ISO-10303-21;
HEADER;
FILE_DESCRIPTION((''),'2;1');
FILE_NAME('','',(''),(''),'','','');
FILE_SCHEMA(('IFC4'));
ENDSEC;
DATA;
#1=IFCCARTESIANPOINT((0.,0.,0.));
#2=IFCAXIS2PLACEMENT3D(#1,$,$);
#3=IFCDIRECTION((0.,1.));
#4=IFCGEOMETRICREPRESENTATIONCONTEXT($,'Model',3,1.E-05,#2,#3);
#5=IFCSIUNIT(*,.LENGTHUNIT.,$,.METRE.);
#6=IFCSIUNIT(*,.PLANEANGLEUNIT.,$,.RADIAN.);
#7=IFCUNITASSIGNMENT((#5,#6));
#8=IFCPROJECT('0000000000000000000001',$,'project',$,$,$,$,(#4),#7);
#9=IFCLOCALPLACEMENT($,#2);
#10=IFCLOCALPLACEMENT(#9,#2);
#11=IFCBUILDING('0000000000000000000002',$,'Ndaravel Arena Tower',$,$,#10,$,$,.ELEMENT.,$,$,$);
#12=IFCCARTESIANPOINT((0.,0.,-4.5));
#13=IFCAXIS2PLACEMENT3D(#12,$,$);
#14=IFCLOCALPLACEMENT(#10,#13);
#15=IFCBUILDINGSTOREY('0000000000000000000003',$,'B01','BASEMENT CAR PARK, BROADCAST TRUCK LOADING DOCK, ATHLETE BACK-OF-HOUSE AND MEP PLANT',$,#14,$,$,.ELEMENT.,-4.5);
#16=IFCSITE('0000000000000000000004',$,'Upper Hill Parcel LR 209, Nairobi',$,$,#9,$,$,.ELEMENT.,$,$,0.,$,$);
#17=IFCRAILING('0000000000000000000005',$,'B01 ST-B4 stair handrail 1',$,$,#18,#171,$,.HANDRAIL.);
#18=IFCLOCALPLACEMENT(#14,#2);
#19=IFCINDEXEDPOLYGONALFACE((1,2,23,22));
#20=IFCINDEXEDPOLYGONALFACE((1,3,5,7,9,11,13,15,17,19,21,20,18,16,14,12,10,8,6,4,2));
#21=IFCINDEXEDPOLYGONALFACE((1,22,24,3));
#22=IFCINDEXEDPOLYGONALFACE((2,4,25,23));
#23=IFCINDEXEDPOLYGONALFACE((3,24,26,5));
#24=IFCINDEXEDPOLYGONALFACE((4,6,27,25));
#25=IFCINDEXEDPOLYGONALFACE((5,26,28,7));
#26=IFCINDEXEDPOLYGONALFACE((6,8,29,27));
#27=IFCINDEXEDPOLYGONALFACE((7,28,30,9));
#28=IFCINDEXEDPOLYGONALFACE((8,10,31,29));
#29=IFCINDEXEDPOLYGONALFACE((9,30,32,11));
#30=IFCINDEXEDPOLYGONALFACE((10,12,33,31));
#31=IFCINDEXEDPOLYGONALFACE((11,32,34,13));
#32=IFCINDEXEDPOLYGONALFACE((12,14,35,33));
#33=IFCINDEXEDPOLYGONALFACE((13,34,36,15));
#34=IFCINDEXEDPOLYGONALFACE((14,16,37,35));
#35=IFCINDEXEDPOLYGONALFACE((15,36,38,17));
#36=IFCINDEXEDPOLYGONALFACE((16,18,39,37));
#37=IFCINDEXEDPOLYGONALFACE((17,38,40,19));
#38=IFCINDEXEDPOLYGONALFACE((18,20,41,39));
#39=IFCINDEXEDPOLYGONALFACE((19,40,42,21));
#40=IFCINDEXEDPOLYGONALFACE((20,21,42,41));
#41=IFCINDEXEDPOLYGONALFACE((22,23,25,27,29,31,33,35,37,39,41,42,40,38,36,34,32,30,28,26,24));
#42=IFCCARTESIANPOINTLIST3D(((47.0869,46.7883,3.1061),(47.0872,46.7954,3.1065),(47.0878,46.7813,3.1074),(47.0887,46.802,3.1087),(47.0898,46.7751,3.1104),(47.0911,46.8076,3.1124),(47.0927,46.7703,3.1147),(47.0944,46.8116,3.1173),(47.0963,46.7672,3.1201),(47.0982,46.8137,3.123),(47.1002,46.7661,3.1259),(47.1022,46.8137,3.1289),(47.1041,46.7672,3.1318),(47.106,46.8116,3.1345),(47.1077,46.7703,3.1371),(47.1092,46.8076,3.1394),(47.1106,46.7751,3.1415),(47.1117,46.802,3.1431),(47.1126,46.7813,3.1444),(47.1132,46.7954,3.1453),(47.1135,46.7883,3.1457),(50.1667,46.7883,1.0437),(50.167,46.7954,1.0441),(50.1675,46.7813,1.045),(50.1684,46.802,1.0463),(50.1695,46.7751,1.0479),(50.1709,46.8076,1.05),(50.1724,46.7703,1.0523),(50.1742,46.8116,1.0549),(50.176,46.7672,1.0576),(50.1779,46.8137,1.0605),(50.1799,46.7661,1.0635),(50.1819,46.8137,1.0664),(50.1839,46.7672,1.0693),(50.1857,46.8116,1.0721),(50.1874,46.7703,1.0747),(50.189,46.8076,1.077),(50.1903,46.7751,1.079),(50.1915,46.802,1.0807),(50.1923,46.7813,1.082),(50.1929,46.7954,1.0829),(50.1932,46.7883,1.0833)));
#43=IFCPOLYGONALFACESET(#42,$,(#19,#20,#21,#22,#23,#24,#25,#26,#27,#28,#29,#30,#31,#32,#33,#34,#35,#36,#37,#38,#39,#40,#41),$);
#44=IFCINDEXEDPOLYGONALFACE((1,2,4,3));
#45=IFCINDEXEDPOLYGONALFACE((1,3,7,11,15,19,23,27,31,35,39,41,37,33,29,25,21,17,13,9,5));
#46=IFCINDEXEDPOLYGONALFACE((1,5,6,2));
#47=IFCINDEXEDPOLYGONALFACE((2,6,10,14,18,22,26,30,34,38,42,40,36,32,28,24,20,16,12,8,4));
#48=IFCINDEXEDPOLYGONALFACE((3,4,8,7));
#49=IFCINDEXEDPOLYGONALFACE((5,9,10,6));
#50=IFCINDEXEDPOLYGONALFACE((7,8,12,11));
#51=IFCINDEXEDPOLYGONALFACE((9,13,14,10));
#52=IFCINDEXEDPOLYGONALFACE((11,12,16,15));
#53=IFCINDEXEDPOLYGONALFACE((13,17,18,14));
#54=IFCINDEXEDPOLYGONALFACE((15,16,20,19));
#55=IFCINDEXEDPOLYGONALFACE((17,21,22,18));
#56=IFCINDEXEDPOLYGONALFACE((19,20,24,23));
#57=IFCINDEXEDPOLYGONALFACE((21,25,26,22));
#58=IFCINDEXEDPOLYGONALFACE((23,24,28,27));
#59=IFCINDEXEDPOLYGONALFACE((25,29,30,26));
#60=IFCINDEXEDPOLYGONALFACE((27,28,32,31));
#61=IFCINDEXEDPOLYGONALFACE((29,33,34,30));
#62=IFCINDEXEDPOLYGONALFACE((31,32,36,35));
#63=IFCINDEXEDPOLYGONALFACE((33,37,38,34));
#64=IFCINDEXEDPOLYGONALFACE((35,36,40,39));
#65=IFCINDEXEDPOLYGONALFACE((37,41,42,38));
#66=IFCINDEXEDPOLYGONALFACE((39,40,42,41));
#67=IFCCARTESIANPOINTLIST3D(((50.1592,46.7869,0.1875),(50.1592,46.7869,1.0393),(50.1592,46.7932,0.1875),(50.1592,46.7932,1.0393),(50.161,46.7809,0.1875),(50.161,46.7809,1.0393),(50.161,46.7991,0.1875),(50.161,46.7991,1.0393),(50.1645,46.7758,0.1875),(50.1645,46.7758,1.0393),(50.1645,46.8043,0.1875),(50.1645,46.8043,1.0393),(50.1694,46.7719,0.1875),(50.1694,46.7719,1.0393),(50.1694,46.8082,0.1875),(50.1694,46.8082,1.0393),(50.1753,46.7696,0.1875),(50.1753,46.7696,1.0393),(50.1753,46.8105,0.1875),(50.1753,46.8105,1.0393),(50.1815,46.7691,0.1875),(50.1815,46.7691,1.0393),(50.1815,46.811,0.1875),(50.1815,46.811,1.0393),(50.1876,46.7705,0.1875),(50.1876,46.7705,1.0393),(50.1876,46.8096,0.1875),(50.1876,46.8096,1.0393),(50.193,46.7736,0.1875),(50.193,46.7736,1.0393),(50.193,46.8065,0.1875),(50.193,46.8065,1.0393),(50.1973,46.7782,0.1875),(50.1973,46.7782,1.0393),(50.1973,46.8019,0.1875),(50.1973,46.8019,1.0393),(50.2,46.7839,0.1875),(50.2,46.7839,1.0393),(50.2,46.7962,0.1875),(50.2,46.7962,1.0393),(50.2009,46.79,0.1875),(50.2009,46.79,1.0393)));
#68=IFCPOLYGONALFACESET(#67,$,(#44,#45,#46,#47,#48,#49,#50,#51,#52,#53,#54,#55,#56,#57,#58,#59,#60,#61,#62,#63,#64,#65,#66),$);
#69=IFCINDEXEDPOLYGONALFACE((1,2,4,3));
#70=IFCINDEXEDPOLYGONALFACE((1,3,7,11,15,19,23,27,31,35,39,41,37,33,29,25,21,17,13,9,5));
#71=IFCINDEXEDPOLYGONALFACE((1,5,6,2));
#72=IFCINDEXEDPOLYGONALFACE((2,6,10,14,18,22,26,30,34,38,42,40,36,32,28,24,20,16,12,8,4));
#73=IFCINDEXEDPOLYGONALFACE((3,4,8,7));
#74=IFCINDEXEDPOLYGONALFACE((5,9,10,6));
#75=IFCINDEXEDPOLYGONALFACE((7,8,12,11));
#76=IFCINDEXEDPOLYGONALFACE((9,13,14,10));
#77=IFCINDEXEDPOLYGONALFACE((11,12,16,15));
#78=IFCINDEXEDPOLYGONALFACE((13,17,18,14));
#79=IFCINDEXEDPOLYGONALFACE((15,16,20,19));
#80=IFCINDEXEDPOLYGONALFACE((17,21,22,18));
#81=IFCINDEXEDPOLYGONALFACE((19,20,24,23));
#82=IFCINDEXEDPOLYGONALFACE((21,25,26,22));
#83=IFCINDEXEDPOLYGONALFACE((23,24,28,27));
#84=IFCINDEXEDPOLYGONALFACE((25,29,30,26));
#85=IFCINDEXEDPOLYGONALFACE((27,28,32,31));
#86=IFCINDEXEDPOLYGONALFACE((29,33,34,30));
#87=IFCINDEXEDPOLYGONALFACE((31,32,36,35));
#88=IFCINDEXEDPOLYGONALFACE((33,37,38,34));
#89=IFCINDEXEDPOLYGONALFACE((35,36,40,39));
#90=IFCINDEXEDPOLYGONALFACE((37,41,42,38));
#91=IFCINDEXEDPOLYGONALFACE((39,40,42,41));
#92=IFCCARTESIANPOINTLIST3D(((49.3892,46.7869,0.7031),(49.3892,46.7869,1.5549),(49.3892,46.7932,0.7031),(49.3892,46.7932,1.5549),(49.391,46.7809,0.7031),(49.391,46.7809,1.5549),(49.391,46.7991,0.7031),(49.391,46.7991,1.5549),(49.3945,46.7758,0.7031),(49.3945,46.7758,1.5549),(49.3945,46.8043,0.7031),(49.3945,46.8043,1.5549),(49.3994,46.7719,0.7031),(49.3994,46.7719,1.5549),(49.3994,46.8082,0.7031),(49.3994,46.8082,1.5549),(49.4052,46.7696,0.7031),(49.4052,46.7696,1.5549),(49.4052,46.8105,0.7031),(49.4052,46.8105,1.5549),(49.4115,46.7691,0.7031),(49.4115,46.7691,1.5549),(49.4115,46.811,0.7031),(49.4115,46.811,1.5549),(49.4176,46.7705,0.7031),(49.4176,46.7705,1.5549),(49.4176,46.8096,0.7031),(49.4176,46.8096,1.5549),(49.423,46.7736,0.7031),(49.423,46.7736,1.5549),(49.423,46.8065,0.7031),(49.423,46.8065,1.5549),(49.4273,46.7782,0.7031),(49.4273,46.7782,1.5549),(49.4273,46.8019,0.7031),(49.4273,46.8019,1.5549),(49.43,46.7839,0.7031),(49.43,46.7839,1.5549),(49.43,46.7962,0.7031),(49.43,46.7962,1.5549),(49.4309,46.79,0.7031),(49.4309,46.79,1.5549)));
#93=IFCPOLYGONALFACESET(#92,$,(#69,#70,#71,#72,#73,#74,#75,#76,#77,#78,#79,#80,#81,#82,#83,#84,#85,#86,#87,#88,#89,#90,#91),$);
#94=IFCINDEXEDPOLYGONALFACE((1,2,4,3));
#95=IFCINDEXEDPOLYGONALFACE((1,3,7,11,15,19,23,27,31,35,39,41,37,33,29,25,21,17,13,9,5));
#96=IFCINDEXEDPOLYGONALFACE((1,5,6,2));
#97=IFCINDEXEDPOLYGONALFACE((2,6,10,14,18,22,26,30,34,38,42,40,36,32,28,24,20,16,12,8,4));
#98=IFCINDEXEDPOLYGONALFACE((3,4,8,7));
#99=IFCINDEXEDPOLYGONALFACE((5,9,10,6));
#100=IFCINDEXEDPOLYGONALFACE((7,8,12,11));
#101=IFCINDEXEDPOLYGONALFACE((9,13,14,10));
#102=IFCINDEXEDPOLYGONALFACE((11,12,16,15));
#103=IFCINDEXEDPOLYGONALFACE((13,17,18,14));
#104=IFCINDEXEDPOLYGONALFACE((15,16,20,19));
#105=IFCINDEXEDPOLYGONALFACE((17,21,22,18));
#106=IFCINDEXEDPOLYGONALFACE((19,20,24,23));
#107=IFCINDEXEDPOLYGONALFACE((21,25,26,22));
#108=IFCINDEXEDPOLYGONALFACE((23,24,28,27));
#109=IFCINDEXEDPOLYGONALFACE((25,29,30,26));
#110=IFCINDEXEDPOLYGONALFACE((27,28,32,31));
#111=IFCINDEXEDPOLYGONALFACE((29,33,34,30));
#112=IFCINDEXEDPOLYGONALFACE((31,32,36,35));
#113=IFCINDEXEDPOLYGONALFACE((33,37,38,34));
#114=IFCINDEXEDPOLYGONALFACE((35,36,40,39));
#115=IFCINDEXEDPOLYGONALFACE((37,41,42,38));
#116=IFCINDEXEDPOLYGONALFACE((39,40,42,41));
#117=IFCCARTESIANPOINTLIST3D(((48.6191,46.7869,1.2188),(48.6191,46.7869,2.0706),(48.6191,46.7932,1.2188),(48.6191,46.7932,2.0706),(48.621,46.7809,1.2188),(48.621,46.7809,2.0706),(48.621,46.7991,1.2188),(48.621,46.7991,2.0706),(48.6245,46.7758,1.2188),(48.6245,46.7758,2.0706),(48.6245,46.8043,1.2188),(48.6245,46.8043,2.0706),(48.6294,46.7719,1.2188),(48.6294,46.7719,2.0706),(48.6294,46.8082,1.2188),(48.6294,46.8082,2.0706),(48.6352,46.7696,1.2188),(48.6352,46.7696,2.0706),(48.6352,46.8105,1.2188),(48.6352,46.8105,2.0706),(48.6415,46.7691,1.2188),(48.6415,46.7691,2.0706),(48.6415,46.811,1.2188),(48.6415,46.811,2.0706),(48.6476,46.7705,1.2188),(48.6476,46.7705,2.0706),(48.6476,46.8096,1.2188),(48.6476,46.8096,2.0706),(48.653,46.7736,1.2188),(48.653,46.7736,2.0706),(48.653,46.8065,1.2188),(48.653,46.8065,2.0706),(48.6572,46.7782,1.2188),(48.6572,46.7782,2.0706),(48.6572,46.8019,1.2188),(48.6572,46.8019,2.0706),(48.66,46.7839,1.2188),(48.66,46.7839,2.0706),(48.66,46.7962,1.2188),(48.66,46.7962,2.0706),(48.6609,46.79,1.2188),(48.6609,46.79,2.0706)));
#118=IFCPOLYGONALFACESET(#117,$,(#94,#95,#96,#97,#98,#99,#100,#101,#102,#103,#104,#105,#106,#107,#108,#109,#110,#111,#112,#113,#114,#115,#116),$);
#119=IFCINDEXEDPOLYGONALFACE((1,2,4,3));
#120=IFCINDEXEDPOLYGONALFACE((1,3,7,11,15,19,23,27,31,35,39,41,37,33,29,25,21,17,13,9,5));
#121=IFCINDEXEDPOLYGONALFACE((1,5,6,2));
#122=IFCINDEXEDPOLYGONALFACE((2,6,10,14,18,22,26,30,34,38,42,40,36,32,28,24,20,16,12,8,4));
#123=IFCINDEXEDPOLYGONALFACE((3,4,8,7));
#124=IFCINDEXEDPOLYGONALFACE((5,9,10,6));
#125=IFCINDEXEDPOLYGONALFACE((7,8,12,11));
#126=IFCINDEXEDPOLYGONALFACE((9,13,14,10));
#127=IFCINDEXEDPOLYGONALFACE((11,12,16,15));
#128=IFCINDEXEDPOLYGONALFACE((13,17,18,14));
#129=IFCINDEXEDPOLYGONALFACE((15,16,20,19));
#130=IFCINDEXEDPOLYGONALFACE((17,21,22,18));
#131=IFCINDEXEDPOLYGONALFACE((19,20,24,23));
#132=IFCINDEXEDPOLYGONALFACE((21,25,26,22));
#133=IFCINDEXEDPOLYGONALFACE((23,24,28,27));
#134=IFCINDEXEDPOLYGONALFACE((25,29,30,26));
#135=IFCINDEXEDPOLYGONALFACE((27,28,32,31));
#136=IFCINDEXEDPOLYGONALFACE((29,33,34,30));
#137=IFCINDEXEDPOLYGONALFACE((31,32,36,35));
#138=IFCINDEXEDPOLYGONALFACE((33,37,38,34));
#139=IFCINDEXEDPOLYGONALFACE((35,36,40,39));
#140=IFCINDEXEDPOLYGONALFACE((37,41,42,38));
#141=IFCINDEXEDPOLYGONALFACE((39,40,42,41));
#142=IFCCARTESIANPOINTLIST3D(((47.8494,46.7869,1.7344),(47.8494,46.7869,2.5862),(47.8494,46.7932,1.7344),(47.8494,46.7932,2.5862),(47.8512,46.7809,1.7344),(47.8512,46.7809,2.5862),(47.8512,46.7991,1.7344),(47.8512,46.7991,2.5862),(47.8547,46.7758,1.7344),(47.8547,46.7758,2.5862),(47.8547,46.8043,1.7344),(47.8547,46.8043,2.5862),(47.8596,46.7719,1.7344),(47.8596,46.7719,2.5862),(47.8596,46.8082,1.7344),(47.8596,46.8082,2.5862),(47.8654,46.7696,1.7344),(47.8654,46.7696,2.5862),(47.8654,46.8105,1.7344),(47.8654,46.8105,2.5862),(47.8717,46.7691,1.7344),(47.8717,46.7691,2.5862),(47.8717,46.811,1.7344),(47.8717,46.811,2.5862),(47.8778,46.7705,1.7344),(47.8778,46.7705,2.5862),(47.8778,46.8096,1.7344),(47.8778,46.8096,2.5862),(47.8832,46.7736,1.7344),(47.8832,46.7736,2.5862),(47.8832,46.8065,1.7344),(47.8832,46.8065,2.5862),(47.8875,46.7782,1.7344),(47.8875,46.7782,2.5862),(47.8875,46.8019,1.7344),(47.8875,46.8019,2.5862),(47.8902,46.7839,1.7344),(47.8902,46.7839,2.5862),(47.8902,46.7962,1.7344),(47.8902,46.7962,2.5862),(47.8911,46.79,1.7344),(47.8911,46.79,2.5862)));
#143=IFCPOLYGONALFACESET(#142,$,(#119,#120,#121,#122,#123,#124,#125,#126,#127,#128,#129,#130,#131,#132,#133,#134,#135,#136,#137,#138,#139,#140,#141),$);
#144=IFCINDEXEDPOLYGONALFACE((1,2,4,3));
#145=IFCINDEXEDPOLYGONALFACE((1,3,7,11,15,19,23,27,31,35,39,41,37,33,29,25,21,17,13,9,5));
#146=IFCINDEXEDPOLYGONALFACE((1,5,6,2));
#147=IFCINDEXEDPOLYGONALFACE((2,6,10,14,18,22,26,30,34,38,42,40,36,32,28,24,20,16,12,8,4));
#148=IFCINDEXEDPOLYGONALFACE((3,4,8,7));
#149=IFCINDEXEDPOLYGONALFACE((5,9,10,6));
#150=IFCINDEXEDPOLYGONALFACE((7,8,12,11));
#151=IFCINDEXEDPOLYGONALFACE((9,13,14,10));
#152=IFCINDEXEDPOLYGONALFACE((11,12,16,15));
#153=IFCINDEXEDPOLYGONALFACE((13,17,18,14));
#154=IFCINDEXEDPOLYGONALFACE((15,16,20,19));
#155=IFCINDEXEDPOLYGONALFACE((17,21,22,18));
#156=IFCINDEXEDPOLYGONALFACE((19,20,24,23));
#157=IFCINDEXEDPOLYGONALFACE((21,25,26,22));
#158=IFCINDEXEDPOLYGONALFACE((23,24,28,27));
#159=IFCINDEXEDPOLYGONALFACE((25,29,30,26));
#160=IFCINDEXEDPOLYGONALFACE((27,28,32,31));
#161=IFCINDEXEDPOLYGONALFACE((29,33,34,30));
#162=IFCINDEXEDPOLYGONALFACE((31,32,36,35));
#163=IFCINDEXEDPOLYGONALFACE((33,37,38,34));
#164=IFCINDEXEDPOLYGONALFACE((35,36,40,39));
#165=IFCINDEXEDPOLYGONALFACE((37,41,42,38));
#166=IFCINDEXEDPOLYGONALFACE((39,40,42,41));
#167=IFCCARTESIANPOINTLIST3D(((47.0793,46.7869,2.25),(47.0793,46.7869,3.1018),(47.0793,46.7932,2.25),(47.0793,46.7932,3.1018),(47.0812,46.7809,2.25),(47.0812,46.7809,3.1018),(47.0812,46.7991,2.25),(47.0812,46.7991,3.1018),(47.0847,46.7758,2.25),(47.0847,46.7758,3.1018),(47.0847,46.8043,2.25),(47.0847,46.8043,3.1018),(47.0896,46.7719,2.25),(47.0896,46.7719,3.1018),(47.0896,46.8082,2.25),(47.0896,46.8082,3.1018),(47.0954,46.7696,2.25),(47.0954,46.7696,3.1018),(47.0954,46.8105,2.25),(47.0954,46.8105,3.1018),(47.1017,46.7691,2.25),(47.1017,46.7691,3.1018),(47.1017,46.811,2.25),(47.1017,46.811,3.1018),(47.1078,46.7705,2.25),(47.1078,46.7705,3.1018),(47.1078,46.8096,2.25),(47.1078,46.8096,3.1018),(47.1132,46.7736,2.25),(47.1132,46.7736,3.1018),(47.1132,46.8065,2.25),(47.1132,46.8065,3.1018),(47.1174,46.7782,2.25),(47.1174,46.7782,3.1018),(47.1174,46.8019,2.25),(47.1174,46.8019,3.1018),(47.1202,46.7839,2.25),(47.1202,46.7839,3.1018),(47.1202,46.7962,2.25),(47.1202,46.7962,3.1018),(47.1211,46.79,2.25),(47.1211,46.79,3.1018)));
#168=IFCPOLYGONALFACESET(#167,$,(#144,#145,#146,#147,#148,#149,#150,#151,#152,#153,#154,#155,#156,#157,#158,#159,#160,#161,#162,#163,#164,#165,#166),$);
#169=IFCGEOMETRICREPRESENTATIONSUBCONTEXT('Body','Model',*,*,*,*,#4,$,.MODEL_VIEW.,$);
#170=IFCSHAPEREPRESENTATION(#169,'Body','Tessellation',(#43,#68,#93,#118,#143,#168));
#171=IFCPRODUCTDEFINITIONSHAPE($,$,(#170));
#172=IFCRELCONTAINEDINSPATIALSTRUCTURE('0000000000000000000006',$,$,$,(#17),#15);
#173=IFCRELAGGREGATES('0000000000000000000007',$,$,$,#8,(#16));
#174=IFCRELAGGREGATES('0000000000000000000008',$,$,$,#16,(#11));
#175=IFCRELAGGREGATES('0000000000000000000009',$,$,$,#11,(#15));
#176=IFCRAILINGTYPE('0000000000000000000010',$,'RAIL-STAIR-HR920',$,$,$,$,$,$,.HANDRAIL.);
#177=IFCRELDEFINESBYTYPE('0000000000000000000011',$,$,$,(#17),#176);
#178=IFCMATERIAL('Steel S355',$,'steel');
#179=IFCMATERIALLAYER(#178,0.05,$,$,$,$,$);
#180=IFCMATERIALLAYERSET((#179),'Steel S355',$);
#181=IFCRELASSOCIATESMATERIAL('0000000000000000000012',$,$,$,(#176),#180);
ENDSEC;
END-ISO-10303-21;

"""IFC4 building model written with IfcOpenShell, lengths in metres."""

from ifc_helpers import new_model, si_unit, direction, frame, origin, origin_2d, place, context, subcontext, project, spatial, circle, extrude, material, layer, layer_set, type_object, element, save


model = new_model("IFC4")

# Units and contexts
model_context = context("Model", 3, precision=1e-05, world=origin(), true_north=direction((0.0, 1.0)))
body_context = subcontext(model_context, "Body", "Model", "MODEL_VIEW")
ifc_project = project(units=[si_unit("LENGTHUNIT", "METRE"), si_unit("PLANEANGLEUNIT", "RADIAN")], contexts=[model_context])

# Site, building, storey
site_placement = place(None, origin())
site = spatial("IfcSite", under=ifc_project, at=site_placement, Name="Upper Hill Parcel LR 209, Nairobi", CompositionType="ELEMENT", RefElevation=0.0)
building_placement = place(site_placement, origin())
building = spatial("IfcBuilding", under=site, at=building_placement, Name="Ndaravel Arena Tower", CompositionType="ELEMENT")
storey_placement = place(building_placement, frame((0.0, 0.0, -4.5)))
storey = spatial("IfcBuildingStorey", under=building, at=storey_placement, Name="B01", Description="BASEMENT CAR PARK, BROADCAST TRUCK LOADING DOCK, ATHLETE BACK-OF-HOUSE AND MEP PLANT", CompositionType="ELEMENT", Elevation=-4.5)

# Railing
ifc_material_1 = material(Name="Steel S355", Category="steel")
ifc_layer_1 = layer(ifc_material_1, 0.05)
ifc_layer_set_1 = layer_set([ifc_layer_1], Name="Steel S355")
railing_type_1 = type_object("IfcRailingType", Name="RAIL-STAIR-HR920", PredefinedType="HANDRAIL", material=ifc_layer_set_1)
railing_1_placement = place(storey_placement, frame((50.1799, 46.79, 0.1875)))
element("IfcRailing", 1, at=railing_1_placement, inside=storey, type_object=railing_type_1, Name="B01 ST-B4 stair handrail 1", PredefinedType="HANDRAIL", context=body_context, shape_type="SweptSolid", body=[
    extrude(circle(Radius=0.0239, at=origin_2d()), frame((0.0, 0.0, 0.876), z_axis=(-0.830893, 0.0, 0.556432), x_axis=(0.0, -1.0, 0.0)), (0.0, 0.0, 1.0), 3.7065),
    extrude(circle(Radius=0.021, at=origin_2d()), origin(), (0.0, 0.0, 1.0), 0.8518),
    extrude(circle(Radius=0.021, at=origin_2d()), frame((-0.77, 0.0, 0.5156)), (0.0, 0.0, 1.0), 0.8518),
    extrude(circle(Radius=0.021, at=origin_2d()), frame((-1.54, 0.0, 1.0312)), (0.0, 0.0, 1.0), 0.8518),
    extrude(circle(Radius=0.021, at=origin_2d()), frame((-2.3098, 0.0, 1.5469)), (0.0, 0.0, 1.0), 0.8518),
    extrude(circle(Radius=0.021, at=origin_2d()), frame((-3.0798, 0.0, 2.0625)), (0.0, 0.0, 1.0), 0.8518),
])

save(model, "model.ifc")
